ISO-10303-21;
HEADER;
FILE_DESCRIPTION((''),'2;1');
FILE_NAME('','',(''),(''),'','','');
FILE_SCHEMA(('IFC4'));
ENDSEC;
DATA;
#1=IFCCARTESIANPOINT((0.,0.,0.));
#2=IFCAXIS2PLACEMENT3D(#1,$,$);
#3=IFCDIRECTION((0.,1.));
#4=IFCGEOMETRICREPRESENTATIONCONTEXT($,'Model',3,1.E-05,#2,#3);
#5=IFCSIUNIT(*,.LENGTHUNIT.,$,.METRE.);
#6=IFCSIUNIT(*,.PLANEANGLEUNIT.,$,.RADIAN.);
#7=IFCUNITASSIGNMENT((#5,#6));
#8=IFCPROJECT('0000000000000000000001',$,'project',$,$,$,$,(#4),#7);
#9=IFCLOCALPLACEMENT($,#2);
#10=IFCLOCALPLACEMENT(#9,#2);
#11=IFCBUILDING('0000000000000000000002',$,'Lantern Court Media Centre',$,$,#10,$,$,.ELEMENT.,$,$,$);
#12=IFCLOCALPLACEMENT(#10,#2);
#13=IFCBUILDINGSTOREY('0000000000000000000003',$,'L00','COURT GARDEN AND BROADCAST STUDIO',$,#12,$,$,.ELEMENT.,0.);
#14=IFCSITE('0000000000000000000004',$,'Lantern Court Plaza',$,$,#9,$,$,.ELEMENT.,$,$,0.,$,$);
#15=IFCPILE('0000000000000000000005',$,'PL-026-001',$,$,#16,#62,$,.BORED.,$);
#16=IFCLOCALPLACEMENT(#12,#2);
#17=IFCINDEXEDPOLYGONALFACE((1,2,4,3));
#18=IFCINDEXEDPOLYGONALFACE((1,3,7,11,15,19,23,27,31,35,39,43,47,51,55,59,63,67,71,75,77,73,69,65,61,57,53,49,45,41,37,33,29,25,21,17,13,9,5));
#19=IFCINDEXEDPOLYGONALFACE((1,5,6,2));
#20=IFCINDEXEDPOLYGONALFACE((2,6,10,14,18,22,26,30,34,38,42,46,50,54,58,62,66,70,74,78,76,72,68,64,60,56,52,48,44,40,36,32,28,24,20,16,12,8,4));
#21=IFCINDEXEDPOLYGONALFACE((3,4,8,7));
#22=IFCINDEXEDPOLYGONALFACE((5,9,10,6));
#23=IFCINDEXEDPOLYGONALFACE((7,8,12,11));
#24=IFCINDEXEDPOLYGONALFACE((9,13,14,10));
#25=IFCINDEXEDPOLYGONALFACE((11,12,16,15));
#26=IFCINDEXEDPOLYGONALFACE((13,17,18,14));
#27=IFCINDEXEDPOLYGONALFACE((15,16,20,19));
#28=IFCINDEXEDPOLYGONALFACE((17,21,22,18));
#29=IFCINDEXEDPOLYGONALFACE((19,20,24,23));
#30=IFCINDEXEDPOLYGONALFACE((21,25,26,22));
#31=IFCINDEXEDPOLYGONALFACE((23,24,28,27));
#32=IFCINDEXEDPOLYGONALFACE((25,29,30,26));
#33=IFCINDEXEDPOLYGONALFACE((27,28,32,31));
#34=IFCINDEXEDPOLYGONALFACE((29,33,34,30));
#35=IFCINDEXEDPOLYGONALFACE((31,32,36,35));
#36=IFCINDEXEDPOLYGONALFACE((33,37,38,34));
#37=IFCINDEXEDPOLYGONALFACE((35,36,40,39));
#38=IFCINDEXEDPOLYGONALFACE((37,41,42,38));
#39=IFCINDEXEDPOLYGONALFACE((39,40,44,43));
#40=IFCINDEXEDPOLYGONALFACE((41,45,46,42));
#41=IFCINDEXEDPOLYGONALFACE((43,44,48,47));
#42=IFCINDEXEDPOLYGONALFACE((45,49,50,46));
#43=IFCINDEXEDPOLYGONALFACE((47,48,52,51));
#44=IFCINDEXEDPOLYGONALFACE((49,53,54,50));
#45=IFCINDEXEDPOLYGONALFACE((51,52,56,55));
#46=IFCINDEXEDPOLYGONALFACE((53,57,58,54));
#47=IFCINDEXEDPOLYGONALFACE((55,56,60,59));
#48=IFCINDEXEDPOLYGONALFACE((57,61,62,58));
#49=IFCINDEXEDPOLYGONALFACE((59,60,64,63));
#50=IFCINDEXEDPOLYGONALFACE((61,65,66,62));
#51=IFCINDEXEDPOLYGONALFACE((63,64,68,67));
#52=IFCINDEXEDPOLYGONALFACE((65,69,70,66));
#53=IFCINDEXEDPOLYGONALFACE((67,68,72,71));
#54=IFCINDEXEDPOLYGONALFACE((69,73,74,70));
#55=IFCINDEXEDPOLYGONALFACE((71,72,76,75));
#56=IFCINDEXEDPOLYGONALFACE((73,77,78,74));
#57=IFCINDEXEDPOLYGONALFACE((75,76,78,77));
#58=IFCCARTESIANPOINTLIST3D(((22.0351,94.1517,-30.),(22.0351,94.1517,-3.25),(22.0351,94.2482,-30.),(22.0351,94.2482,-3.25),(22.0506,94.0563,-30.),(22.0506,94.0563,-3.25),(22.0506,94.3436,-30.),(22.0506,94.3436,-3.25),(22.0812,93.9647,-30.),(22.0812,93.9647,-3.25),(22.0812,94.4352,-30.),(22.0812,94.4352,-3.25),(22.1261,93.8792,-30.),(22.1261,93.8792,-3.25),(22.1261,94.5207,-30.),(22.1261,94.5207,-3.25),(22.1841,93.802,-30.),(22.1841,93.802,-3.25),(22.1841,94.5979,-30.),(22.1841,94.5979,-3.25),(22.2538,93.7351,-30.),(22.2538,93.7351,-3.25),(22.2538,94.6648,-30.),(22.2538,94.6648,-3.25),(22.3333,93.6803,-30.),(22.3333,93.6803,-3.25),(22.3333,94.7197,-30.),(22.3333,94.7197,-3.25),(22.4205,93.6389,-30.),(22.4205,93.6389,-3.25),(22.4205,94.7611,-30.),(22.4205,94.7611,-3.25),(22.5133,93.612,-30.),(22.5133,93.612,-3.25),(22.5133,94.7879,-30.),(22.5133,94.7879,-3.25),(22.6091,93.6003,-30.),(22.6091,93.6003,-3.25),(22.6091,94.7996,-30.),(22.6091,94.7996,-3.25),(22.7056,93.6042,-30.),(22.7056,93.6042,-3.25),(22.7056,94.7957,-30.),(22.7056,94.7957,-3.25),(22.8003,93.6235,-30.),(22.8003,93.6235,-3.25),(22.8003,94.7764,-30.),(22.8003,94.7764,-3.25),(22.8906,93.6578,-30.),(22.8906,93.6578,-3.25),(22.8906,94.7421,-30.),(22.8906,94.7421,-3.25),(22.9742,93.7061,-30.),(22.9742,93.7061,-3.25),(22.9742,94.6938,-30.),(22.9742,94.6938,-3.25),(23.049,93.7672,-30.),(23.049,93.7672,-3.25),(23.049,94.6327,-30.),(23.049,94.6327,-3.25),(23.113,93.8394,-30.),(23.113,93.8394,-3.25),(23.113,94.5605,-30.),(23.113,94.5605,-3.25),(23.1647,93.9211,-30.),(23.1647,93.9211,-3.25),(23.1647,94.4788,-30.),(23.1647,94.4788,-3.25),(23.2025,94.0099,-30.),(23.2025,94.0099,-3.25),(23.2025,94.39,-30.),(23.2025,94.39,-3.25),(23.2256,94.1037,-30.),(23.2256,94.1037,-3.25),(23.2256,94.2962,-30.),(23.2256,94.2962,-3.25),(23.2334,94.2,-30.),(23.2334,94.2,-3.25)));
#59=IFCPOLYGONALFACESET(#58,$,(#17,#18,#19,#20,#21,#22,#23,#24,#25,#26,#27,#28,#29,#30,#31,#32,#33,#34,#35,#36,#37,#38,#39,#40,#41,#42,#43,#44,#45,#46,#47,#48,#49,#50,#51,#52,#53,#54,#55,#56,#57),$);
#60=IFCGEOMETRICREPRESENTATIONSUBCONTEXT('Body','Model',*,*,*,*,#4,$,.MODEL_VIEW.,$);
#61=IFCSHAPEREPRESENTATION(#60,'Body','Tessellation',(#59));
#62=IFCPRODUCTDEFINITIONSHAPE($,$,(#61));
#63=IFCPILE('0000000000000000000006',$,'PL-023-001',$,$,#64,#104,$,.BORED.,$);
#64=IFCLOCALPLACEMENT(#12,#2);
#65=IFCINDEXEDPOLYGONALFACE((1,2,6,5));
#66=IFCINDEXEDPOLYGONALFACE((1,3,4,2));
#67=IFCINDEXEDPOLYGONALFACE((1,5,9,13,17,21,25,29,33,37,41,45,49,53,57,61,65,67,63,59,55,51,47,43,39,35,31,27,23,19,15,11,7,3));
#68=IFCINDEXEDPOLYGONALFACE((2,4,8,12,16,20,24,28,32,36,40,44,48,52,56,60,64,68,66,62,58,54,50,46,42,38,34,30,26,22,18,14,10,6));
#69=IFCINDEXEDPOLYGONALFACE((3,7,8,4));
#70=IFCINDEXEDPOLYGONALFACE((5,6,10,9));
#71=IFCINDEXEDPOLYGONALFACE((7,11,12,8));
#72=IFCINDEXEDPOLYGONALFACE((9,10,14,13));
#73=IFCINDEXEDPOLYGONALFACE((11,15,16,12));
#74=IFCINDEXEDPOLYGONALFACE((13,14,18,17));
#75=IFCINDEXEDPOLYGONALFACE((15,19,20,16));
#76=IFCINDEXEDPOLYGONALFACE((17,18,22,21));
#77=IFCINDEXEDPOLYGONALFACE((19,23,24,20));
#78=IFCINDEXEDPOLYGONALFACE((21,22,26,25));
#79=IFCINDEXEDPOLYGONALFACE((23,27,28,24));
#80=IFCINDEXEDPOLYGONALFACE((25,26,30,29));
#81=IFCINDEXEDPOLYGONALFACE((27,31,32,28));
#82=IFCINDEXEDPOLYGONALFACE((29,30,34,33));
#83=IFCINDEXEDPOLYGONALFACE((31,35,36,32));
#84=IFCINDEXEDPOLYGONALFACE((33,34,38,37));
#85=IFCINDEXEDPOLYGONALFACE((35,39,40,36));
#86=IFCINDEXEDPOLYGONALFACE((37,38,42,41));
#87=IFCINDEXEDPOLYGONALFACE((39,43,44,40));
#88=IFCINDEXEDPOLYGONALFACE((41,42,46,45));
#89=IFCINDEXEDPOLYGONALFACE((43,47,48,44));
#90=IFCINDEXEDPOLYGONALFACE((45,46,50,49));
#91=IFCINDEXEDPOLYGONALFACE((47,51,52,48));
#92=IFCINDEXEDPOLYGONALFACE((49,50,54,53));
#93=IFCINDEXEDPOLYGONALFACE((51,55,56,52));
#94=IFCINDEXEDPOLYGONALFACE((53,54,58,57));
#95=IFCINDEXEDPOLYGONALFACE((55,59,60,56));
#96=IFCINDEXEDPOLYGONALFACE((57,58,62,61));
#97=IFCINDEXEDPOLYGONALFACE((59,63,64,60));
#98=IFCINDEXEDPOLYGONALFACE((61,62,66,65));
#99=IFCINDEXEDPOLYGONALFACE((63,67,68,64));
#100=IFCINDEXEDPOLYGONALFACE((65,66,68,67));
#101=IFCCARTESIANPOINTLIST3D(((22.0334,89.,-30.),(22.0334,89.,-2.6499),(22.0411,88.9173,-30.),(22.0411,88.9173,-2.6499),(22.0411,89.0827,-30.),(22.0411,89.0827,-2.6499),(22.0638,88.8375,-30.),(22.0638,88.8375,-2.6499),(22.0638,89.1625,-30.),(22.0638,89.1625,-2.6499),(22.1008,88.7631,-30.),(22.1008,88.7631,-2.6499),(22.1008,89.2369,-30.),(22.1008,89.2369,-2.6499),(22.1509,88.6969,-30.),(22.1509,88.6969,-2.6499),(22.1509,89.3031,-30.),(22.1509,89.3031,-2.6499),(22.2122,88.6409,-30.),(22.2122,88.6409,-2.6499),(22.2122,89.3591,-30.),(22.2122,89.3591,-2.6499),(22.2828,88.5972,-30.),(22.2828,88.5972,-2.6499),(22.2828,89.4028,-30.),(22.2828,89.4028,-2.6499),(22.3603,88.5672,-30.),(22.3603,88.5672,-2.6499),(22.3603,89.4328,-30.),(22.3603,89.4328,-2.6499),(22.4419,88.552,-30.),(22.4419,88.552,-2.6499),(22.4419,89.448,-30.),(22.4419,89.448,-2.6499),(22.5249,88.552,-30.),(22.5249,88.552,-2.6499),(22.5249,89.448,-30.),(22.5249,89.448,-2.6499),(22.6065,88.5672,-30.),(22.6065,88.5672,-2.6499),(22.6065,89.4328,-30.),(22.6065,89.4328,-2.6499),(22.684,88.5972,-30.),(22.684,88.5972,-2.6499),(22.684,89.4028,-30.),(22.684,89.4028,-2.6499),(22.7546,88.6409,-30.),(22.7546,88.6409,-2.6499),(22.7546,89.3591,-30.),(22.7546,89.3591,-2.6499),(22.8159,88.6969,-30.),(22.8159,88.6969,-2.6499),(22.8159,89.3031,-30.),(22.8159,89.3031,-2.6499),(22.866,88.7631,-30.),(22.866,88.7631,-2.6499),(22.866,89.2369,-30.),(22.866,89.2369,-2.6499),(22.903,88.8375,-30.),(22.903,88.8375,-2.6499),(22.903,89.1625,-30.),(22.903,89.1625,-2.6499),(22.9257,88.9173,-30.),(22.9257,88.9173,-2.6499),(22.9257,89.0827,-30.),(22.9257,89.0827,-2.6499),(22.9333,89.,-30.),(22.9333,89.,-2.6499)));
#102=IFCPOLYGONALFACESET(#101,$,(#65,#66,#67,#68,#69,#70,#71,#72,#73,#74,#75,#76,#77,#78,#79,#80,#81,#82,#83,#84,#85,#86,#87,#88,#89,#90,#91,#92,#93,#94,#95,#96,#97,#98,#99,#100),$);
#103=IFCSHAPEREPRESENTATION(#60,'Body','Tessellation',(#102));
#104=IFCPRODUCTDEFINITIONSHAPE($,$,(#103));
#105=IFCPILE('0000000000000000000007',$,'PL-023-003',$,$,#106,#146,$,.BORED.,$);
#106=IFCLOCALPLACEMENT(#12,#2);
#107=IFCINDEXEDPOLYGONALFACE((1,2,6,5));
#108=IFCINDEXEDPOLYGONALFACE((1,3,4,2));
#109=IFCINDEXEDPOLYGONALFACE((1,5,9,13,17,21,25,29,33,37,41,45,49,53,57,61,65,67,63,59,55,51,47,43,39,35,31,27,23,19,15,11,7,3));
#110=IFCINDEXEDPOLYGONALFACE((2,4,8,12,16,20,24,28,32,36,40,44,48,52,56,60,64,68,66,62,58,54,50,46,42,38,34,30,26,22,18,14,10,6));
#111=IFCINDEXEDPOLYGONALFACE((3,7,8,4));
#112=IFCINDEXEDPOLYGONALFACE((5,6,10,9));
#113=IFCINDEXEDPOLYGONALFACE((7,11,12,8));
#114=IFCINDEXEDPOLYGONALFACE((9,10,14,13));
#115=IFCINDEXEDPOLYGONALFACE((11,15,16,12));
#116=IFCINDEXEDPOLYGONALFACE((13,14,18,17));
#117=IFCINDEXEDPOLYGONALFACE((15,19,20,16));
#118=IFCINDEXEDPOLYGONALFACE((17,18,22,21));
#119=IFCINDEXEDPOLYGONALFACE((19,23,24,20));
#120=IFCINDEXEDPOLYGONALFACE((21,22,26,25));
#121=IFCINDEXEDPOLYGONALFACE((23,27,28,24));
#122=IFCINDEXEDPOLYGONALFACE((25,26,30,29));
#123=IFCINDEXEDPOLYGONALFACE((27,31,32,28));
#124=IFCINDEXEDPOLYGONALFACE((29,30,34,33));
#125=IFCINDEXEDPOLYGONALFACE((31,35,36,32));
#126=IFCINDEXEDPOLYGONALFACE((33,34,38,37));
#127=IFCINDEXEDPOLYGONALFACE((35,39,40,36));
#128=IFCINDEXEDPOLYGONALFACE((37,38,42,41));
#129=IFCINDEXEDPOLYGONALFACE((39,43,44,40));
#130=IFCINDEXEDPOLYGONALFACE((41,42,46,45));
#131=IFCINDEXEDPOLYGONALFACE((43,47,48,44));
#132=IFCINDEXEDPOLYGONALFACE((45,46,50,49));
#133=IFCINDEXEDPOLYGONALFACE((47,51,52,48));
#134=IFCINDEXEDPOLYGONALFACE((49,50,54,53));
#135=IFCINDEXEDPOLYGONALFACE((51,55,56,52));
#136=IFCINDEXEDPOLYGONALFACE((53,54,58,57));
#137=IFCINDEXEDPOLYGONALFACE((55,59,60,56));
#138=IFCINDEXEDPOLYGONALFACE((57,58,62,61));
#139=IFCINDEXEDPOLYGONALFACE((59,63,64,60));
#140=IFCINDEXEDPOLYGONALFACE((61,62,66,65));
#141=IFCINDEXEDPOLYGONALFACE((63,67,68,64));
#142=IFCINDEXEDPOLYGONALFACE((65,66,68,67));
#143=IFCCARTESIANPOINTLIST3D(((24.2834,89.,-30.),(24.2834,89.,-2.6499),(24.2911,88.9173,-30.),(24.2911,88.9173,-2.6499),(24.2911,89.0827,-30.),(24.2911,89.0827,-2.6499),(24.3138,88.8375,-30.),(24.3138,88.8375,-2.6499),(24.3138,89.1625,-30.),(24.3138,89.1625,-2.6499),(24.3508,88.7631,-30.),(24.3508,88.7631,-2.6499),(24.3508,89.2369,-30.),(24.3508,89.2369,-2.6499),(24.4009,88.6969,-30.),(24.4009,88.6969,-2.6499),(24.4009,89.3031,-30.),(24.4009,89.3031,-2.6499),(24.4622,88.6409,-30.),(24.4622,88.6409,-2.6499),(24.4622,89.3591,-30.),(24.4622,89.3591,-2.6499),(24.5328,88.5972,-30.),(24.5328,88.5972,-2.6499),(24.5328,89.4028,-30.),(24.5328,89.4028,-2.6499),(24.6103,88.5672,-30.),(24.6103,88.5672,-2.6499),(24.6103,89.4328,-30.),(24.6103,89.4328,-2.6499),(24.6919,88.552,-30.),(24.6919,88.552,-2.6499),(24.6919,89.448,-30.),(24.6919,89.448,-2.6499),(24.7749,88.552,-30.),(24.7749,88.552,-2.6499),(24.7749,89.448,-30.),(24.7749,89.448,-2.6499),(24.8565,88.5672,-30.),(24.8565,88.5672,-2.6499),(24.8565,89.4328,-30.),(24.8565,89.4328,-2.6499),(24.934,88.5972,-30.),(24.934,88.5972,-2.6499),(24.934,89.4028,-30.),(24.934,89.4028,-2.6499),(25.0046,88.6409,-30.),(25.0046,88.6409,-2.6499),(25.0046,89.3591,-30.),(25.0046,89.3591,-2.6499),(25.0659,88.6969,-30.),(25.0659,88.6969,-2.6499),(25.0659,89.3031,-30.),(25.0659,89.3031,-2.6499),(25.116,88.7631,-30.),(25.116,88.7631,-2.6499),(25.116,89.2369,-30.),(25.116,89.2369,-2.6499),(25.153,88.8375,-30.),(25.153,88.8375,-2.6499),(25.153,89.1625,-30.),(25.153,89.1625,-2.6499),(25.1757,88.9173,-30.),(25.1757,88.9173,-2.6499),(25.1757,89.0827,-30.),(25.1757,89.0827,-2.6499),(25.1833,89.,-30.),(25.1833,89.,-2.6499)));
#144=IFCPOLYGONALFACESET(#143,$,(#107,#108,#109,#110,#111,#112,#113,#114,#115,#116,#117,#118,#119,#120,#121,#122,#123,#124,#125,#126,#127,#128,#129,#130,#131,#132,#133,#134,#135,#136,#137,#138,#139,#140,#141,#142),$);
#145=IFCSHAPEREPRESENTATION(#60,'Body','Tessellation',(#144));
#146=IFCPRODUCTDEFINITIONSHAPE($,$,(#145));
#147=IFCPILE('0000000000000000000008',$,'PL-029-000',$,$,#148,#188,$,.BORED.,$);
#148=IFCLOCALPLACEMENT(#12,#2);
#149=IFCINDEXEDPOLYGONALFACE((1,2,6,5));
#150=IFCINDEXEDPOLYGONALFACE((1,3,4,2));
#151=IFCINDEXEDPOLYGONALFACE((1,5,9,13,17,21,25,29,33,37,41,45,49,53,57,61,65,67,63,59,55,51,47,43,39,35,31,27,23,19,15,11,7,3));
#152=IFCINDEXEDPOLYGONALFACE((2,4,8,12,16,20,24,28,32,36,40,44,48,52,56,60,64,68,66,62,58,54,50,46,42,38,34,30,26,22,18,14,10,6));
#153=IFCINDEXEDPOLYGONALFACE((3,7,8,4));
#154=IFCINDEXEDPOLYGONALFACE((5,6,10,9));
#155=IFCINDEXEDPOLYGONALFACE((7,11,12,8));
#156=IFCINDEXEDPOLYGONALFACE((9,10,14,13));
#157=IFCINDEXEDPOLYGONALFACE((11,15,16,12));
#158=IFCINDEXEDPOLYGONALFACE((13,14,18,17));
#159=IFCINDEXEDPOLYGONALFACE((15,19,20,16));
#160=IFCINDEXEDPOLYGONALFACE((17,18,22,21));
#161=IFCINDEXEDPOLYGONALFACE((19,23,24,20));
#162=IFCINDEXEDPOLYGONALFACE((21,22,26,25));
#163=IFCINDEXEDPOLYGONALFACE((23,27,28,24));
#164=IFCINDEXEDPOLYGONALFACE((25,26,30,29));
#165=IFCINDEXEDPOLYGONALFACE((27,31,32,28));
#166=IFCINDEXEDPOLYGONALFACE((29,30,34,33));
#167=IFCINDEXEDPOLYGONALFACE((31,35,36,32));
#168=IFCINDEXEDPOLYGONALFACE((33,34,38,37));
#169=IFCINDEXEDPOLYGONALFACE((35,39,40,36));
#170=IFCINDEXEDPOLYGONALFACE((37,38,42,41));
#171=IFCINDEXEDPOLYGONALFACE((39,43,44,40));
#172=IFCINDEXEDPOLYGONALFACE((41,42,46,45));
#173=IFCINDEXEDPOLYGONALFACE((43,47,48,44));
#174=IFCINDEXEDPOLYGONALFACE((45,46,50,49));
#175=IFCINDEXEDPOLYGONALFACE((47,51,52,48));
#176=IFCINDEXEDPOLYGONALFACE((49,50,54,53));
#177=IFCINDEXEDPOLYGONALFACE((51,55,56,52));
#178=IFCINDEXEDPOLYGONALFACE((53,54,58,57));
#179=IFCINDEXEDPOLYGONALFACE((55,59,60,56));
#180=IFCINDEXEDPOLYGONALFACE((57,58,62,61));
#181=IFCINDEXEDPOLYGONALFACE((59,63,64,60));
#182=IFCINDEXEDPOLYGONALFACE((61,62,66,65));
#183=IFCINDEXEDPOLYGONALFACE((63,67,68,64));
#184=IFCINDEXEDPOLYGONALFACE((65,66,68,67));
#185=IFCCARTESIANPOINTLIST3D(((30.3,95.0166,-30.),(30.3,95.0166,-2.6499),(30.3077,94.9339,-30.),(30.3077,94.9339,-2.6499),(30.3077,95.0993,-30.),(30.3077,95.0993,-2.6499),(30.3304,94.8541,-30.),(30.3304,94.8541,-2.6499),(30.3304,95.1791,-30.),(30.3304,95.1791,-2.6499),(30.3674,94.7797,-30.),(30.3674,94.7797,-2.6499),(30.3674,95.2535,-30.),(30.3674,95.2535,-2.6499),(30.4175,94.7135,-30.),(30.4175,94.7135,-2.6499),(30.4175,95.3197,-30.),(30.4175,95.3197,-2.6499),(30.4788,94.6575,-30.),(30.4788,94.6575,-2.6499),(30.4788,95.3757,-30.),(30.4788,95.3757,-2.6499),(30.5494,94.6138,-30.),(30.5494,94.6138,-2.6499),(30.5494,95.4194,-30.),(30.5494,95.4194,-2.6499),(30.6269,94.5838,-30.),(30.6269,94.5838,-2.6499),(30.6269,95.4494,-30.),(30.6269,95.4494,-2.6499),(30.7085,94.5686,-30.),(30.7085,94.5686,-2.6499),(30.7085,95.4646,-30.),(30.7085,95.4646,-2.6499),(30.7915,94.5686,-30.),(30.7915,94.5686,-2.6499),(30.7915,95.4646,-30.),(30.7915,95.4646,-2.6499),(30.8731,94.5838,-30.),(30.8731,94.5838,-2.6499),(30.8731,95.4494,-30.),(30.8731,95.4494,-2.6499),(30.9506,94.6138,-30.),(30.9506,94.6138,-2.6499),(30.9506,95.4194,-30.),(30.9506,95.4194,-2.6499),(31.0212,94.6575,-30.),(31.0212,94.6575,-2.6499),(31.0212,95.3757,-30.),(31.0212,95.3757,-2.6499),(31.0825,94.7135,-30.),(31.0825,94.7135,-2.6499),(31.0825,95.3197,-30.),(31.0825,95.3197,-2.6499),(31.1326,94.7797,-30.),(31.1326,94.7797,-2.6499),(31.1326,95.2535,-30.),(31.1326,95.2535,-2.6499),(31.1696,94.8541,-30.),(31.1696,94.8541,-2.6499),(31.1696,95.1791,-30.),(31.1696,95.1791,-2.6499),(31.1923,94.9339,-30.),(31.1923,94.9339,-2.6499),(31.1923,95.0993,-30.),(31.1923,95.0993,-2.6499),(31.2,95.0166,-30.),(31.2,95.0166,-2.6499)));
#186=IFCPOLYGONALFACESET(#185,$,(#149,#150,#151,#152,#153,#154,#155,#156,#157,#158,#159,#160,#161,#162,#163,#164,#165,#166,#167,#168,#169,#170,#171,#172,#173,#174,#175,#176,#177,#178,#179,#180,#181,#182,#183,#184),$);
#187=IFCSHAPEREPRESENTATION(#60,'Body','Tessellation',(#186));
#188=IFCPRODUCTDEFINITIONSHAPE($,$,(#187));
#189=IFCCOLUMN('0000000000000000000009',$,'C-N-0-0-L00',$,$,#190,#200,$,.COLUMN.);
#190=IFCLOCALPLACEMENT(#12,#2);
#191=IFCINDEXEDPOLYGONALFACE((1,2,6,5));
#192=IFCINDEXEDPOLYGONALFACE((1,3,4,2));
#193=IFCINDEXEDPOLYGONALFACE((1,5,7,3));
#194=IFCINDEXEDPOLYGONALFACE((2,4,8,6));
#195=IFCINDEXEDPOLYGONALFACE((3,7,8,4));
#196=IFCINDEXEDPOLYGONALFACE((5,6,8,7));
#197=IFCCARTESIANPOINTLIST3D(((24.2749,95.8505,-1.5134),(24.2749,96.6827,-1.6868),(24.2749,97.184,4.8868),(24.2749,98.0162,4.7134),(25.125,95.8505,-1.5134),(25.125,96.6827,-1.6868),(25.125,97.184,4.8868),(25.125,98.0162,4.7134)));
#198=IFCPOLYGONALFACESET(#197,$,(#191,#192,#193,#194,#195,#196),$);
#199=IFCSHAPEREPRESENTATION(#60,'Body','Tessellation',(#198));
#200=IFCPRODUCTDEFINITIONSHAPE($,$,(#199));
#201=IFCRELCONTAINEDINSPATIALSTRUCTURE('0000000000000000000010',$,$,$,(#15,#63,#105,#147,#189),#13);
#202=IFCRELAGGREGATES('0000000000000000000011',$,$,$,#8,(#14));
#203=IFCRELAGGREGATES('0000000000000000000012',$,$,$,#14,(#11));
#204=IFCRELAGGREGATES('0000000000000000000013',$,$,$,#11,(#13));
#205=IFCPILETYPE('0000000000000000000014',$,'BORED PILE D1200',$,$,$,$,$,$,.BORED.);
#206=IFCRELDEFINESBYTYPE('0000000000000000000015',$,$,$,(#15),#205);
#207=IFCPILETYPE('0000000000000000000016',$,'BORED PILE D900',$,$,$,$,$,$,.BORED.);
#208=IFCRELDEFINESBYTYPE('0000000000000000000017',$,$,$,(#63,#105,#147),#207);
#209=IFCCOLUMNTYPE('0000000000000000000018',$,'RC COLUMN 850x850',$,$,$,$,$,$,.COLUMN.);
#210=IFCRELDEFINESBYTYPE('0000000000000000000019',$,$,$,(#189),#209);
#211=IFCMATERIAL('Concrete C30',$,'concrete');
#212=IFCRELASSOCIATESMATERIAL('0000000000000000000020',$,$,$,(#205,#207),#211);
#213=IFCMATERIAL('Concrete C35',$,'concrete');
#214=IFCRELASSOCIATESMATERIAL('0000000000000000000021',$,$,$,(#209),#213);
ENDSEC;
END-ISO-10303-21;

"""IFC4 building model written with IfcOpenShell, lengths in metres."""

from ifc_helpers import new_model, si_unit, direction, frame, origin, origin_2d, place, context, subcontext, project, spatial, rectangle, circle, extrude, material, material_profile, profile_set, type_object, element, save


model = new_model("IFC4")

# Units and contexts
model_context = context("Model", 3, precision=1e-05, world=origin(), true_north=direction((0.0, 1.0)))
body_context = subcontext(model_context, "Body", "Model", "MODEL_VIEW")
ifc_project = project(units=[si_unit("LENGTHUNIT", "METRE"), si_unit("PLANEANGLEUNIT", "RADIAN")], contexts=[model_context])

# Site, building, storey
site_placement = place(None, origin())
site = spatial("IfcSite", under=ifc_project, at=site_placement, Name="Lantern Court Plaza", CompositionType="ELEMENT", RefElevation=0.0)
building_placement = place(site_placement, origin())
building = spatial("IfcBuilding", under=site, at=building_placement, Name="Lantern Court Media Centre", CompositionType="ELEMENT")
storey_placement = place(building_placement, origin())
storey = spatial("IfcBuildingStorey", under=building, at=storey_placement, Name="L00", Description="COURT GARDEN AND BROADCAST STUDIO", CompositionType="ELEMENT", Elevation=0.0)

# Piles
ifc_material_1 = material(Name="Concrete C30", Category="concrete")
ifc_material_profile_1 = material_profile(ifc_material_1, circle(Radius=0.6001, at=origin_2d()), Name="D1200")
ifc_profile_set_1 = profile_set([ifc_material_profile_1], Name="Concrete C30")
pile_type_1 = type_object("IfcPileType", Name="BORED PILE D1200", PredefinedType="BORED", material=ifc_profile_set_1)
pile_placement = place(storey_placement, frame((22.6333, 94.2, -3.25), z_axis=(0.0, 0.0, -1.0), x_axis=(1.0, 0.0, 0.0)))
element("IfcPile", 1, at=pile_placement, inside=storey, type_object=pile_type_1, Name="PL-026-001", PredefinedType="BORED", context=body_context, shape_type="SweptSolid", body=[
    extrude(circle(Radius=0.6001, at=origin_2d()), origin(), (0.0, 0.0, 1.0), 26.75),
])
ifc_material_profile_2 = material_profile(ifc_material_1, circle(Radius=0.45, at=origin_2d()), Name="D900")
ifc_profile_set_2 = profile_set([ifc_material_profile_2], Name="Concrete C30")
pile_type_2 = type_object("IfcPileType", Name="BORED PILE D900", PredefinedType="BORED", material=ifc_profile_set_2)
for number, where, z_axis, x_axis, name in (
    (2, (22.4834, 89.0, -2.6499), (0.0, 0.0, -1.0), (1.0, 0.0, 0.0), "PL-023-001"),
    (3, (24.7334, 89.0, -2.6499), (0.0, 0.0, -1.0), (1.0, 0.0, 0.0), "PL-023-003"),
    (4, (30.75, 95.0166, -2.6499), (0.0, 0.0, -1.0), (1.0, 0.0, 0.0), "PL-029-000"),
):
    element("IfcPile", number, at=place(storey_placement, frame(where, z_axis=z_axis, x_axis=x_axis)), inside=storey, type_object=pile_type_2, Name=name, PredefinedType="BORED", context=body_context, shape_type="SweptSolid", body=[
        extrude(circle(Radius=0.45, at=origin_2d()), origin(), (0.0, 0.0, 1.0), 27.3501),
    ])

# Column
ifc_material_2 = material(Name="Concrete C35", Category="concrete")
ifc_material_profile_3 = material_profile(ifc_material_2, rectangle(XDim=0.8501, YDim=0.8501, at=origin_2d()), Name="RC 850x850")
ifc_profile_set_3 = profile_set([ifc_material_profile_3], Name="Concrete C35")
column_type = type_object("IfcColumnType", Name="RC COLUMN 850x850", PredefinedType="COLUMN", material=ifc_profile_set_3)
for number, where, z_axis, x_axis, name in (
    (5, (24.7, 96.2666, -1.6001), (0.0, 0.203974, 0.978976), (-1.0, 0.0, 0.0), "C-N-0-0-L00"),
):
    element("IfcColumn", number, at=place(storey_placement, frame(where, z_axis=z_axis, x_axis=x_axis)), inside=storey, type_object=column_type, Name=name, PredefinedType="COLUMN", context=body_context, shape_type="SweptSolid", body=[
        extrude(rectangle(XDim=0.8501, YDim=0.8501, at=origin_2d()), origin(), (0.0, 0.0, 1.0), 6.5376),
    ])

save(model, "model.ifc")
